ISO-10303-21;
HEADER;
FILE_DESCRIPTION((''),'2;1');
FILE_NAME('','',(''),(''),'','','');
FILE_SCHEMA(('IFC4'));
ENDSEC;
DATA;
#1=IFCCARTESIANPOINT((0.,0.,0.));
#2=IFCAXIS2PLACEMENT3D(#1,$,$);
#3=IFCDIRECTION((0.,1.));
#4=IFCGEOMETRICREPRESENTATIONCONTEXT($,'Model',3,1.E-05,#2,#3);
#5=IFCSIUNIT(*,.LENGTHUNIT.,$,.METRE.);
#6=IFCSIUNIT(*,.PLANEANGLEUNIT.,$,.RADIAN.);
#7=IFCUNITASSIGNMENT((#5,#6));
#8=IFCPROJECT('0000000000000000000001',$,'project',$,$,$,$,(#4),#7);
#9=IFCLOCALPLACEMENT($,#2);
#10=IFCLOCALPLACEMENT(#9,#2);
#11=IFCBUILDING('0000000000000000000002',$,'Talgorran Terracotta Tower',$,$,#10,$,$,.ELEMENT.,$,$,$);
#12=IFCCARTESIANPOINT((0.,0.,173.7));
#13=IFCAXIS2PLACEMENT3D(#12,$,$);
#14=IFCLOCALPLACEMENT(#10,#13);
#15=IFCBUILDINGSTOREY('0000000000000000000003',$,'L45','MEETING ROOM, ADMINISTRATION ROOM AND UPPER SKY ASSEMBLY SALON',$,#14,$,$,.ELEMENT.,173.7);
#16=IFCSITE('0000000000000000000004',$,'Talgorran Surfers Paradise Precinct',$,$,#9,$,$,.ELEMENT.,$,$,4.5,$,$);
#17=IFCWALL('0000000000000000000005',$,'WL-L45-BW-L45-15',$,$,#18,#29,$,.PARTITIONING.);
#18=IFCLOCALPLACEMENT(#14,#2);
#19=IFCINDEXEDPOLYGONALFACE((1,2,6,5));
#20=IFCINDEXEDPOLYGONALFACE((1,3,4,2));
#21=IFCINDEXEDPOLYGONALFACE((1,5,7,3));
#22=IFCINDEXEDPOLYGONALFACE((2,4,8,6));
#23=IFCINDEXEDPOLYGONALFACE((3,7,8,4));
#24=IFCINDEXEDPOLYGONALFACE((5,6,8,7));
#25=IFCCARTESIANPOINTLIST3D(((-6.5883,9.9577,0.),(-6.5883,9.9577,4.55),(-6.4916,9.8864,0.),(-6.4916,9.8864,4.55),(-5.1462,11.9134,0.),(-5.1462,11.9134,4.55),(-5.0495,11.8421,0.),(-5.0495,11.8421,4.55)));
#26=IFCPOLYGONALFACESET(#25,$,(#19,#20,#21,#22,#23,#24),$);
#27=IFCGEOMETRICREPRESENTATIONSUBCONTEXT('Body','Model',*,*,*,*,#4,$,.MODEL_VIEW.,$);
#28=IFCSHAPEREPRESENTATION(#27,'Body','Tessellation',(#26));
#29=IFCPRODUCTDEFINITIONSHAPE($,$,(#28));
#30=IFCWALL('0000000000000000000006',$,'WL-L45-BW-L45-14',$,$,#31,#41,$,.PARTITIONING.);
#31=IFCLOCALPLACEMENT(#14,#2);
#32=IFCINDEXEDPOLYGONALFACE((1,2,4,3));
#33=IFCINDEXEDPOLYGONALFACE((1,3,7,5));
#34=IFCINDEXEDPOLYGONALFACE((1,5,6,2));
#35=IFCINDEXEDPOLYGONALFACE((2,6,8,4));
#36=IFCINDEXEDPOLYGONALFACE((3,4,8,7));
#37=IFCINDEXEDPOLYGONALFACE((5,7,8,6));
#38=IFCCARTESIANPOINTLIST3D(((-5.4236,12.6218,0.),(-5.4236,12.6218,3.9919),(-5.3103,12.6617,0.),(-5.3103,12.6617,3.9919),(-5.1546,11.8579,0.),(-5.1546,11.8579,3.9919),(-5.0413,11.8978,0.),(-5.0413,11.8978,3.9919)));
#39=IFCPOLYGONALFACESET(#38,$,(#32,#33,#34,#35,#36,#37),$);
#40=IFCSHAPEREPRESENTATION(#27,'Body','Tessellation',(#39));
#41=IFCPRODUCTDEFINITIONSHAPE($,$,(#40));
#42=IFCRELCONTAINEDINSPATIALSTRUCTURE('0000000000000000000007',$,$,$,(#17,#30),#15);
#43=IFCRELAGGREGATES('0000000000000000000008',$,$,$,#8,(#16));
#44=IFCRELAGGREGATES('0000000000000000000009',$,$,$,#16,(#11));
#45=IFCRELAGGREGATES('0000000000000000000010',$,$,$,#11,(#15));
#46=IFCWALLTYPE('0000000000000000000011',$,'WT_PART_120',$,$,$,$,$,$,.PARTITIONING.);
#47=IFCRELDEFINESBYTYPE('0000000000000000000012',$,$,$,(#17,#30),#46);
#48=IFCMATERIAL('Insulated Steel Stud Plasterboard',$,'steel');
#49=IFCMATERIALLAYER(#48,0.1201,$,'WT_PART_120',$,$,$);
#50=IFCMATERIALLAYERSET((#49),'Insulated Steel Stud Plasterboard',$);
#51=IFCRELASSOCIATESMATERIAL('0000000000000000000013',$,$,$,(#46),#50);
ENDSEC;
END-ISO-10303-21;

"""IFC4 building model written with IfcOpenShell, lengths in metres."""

from ifc_helpers import new_model, si_unit, direction, frame, frame_2d, origin, place, context, subcontext, project, spatial, rectangle, extrude, material, layer, layer_set, type_object, element, save


model = new_model("IFC4")

# Units and contexts
model_context = context("Model", 3, precision=1e-05, world=origin(), true_north=direction((0.0, 1.0)))
body_context = subcontext(model_context, "Body", "Model", "MODEL_VIEW")
ifc_project = project(units=[si_unit("LENGTHUNIT", "METRE"), si_unit("PLANEANGLEUNIT", "RADIAN")], contexts=[model_context])

# Site, building, storey
site_placement = place(None, origin())
site = spatial("IfcSite", under=ifc_project, at=site_placement, Name="Talgorran Surfers Paradise Precinct", CompositionType="ELEMENT", RefElevation=4.5)
building_placement = place(site_placement, origin())
building = spatial("IfcBuilding", under=site, at=building_placement, Name="Talgorran Terracotta Tower", CompositionType="ELEMENT")
storey_placement = place(building_placement, frame((0.0, 0.0, 173.7)))
storey = spatial("IfcBuildingStorey", under=building, at=storey_placement, Name="L45", Description="MEETING ROOM, ADMINISTRATION ROOM AND UPPER SKY ASSEMBLY SALON", CompositionType="ELEMENT", Elevation=173.7)

# Walls
ifc_material_1 = material(Name="Insulated Steel Stud Plasterboard", Category="steel")
ifc_layer_1 = layer(ifc_material_1, 0.1201, Name="WT_PART_120")
ifc_layer_set_1 = layer_set([ifc_layer_1], Name="Insulated Steel Stud Plasterboard")
wall_type_1 = type_object("IfcWallType", Name="WT_PART_120", PredefinedType="PARTITIONING", material=ifc_layer_set_1)
wall_1_placement = place(storey_placement, frame((-5.0979, 11.8777, 0.0), z_axis=(0.0, 0.0, 1.0), x_axis=(-0.59347, -0.804856, 0.0)))
element("IfcWall", 1, at=wall_1_placement, inside=storey, type_object=wall_type_1, Name="WL-L45-BW-L45-15", PredefinedType="PARTITIONING", context=body_context, shape_type="SweptSolid", body=[
    extrude(rectangle(XDim=2.4299, YDim=0.1201, at=frame_2d((1.2148, 0.0))), origin(), (0.0, 0.0, 1.0), 4.55),
])
wall_2_placement = place(storey_placement, frame((-5.3669, 12.6416, 0.0), z_axis=(0.0, 0.0, 1.0), x_axis=(0.332189, -0.943213, 0.0)))
element("IfcWall", 2, at=wall_2_placement, inside=storey, type_object=wall_type_1, Name="WL-L45-BW-L45-14", PredefinedType="PARTITIONING", context=body_context, shape_type="SweptSolid", body=[
    extrude(rectangle(XDim=0.8098, YDim=0.1201, at=frame_2d((0.4048, 0.0))), origin(), (0.0, 0.0, 1.0), 3.9919),
])

save(model, "model.ifc")
